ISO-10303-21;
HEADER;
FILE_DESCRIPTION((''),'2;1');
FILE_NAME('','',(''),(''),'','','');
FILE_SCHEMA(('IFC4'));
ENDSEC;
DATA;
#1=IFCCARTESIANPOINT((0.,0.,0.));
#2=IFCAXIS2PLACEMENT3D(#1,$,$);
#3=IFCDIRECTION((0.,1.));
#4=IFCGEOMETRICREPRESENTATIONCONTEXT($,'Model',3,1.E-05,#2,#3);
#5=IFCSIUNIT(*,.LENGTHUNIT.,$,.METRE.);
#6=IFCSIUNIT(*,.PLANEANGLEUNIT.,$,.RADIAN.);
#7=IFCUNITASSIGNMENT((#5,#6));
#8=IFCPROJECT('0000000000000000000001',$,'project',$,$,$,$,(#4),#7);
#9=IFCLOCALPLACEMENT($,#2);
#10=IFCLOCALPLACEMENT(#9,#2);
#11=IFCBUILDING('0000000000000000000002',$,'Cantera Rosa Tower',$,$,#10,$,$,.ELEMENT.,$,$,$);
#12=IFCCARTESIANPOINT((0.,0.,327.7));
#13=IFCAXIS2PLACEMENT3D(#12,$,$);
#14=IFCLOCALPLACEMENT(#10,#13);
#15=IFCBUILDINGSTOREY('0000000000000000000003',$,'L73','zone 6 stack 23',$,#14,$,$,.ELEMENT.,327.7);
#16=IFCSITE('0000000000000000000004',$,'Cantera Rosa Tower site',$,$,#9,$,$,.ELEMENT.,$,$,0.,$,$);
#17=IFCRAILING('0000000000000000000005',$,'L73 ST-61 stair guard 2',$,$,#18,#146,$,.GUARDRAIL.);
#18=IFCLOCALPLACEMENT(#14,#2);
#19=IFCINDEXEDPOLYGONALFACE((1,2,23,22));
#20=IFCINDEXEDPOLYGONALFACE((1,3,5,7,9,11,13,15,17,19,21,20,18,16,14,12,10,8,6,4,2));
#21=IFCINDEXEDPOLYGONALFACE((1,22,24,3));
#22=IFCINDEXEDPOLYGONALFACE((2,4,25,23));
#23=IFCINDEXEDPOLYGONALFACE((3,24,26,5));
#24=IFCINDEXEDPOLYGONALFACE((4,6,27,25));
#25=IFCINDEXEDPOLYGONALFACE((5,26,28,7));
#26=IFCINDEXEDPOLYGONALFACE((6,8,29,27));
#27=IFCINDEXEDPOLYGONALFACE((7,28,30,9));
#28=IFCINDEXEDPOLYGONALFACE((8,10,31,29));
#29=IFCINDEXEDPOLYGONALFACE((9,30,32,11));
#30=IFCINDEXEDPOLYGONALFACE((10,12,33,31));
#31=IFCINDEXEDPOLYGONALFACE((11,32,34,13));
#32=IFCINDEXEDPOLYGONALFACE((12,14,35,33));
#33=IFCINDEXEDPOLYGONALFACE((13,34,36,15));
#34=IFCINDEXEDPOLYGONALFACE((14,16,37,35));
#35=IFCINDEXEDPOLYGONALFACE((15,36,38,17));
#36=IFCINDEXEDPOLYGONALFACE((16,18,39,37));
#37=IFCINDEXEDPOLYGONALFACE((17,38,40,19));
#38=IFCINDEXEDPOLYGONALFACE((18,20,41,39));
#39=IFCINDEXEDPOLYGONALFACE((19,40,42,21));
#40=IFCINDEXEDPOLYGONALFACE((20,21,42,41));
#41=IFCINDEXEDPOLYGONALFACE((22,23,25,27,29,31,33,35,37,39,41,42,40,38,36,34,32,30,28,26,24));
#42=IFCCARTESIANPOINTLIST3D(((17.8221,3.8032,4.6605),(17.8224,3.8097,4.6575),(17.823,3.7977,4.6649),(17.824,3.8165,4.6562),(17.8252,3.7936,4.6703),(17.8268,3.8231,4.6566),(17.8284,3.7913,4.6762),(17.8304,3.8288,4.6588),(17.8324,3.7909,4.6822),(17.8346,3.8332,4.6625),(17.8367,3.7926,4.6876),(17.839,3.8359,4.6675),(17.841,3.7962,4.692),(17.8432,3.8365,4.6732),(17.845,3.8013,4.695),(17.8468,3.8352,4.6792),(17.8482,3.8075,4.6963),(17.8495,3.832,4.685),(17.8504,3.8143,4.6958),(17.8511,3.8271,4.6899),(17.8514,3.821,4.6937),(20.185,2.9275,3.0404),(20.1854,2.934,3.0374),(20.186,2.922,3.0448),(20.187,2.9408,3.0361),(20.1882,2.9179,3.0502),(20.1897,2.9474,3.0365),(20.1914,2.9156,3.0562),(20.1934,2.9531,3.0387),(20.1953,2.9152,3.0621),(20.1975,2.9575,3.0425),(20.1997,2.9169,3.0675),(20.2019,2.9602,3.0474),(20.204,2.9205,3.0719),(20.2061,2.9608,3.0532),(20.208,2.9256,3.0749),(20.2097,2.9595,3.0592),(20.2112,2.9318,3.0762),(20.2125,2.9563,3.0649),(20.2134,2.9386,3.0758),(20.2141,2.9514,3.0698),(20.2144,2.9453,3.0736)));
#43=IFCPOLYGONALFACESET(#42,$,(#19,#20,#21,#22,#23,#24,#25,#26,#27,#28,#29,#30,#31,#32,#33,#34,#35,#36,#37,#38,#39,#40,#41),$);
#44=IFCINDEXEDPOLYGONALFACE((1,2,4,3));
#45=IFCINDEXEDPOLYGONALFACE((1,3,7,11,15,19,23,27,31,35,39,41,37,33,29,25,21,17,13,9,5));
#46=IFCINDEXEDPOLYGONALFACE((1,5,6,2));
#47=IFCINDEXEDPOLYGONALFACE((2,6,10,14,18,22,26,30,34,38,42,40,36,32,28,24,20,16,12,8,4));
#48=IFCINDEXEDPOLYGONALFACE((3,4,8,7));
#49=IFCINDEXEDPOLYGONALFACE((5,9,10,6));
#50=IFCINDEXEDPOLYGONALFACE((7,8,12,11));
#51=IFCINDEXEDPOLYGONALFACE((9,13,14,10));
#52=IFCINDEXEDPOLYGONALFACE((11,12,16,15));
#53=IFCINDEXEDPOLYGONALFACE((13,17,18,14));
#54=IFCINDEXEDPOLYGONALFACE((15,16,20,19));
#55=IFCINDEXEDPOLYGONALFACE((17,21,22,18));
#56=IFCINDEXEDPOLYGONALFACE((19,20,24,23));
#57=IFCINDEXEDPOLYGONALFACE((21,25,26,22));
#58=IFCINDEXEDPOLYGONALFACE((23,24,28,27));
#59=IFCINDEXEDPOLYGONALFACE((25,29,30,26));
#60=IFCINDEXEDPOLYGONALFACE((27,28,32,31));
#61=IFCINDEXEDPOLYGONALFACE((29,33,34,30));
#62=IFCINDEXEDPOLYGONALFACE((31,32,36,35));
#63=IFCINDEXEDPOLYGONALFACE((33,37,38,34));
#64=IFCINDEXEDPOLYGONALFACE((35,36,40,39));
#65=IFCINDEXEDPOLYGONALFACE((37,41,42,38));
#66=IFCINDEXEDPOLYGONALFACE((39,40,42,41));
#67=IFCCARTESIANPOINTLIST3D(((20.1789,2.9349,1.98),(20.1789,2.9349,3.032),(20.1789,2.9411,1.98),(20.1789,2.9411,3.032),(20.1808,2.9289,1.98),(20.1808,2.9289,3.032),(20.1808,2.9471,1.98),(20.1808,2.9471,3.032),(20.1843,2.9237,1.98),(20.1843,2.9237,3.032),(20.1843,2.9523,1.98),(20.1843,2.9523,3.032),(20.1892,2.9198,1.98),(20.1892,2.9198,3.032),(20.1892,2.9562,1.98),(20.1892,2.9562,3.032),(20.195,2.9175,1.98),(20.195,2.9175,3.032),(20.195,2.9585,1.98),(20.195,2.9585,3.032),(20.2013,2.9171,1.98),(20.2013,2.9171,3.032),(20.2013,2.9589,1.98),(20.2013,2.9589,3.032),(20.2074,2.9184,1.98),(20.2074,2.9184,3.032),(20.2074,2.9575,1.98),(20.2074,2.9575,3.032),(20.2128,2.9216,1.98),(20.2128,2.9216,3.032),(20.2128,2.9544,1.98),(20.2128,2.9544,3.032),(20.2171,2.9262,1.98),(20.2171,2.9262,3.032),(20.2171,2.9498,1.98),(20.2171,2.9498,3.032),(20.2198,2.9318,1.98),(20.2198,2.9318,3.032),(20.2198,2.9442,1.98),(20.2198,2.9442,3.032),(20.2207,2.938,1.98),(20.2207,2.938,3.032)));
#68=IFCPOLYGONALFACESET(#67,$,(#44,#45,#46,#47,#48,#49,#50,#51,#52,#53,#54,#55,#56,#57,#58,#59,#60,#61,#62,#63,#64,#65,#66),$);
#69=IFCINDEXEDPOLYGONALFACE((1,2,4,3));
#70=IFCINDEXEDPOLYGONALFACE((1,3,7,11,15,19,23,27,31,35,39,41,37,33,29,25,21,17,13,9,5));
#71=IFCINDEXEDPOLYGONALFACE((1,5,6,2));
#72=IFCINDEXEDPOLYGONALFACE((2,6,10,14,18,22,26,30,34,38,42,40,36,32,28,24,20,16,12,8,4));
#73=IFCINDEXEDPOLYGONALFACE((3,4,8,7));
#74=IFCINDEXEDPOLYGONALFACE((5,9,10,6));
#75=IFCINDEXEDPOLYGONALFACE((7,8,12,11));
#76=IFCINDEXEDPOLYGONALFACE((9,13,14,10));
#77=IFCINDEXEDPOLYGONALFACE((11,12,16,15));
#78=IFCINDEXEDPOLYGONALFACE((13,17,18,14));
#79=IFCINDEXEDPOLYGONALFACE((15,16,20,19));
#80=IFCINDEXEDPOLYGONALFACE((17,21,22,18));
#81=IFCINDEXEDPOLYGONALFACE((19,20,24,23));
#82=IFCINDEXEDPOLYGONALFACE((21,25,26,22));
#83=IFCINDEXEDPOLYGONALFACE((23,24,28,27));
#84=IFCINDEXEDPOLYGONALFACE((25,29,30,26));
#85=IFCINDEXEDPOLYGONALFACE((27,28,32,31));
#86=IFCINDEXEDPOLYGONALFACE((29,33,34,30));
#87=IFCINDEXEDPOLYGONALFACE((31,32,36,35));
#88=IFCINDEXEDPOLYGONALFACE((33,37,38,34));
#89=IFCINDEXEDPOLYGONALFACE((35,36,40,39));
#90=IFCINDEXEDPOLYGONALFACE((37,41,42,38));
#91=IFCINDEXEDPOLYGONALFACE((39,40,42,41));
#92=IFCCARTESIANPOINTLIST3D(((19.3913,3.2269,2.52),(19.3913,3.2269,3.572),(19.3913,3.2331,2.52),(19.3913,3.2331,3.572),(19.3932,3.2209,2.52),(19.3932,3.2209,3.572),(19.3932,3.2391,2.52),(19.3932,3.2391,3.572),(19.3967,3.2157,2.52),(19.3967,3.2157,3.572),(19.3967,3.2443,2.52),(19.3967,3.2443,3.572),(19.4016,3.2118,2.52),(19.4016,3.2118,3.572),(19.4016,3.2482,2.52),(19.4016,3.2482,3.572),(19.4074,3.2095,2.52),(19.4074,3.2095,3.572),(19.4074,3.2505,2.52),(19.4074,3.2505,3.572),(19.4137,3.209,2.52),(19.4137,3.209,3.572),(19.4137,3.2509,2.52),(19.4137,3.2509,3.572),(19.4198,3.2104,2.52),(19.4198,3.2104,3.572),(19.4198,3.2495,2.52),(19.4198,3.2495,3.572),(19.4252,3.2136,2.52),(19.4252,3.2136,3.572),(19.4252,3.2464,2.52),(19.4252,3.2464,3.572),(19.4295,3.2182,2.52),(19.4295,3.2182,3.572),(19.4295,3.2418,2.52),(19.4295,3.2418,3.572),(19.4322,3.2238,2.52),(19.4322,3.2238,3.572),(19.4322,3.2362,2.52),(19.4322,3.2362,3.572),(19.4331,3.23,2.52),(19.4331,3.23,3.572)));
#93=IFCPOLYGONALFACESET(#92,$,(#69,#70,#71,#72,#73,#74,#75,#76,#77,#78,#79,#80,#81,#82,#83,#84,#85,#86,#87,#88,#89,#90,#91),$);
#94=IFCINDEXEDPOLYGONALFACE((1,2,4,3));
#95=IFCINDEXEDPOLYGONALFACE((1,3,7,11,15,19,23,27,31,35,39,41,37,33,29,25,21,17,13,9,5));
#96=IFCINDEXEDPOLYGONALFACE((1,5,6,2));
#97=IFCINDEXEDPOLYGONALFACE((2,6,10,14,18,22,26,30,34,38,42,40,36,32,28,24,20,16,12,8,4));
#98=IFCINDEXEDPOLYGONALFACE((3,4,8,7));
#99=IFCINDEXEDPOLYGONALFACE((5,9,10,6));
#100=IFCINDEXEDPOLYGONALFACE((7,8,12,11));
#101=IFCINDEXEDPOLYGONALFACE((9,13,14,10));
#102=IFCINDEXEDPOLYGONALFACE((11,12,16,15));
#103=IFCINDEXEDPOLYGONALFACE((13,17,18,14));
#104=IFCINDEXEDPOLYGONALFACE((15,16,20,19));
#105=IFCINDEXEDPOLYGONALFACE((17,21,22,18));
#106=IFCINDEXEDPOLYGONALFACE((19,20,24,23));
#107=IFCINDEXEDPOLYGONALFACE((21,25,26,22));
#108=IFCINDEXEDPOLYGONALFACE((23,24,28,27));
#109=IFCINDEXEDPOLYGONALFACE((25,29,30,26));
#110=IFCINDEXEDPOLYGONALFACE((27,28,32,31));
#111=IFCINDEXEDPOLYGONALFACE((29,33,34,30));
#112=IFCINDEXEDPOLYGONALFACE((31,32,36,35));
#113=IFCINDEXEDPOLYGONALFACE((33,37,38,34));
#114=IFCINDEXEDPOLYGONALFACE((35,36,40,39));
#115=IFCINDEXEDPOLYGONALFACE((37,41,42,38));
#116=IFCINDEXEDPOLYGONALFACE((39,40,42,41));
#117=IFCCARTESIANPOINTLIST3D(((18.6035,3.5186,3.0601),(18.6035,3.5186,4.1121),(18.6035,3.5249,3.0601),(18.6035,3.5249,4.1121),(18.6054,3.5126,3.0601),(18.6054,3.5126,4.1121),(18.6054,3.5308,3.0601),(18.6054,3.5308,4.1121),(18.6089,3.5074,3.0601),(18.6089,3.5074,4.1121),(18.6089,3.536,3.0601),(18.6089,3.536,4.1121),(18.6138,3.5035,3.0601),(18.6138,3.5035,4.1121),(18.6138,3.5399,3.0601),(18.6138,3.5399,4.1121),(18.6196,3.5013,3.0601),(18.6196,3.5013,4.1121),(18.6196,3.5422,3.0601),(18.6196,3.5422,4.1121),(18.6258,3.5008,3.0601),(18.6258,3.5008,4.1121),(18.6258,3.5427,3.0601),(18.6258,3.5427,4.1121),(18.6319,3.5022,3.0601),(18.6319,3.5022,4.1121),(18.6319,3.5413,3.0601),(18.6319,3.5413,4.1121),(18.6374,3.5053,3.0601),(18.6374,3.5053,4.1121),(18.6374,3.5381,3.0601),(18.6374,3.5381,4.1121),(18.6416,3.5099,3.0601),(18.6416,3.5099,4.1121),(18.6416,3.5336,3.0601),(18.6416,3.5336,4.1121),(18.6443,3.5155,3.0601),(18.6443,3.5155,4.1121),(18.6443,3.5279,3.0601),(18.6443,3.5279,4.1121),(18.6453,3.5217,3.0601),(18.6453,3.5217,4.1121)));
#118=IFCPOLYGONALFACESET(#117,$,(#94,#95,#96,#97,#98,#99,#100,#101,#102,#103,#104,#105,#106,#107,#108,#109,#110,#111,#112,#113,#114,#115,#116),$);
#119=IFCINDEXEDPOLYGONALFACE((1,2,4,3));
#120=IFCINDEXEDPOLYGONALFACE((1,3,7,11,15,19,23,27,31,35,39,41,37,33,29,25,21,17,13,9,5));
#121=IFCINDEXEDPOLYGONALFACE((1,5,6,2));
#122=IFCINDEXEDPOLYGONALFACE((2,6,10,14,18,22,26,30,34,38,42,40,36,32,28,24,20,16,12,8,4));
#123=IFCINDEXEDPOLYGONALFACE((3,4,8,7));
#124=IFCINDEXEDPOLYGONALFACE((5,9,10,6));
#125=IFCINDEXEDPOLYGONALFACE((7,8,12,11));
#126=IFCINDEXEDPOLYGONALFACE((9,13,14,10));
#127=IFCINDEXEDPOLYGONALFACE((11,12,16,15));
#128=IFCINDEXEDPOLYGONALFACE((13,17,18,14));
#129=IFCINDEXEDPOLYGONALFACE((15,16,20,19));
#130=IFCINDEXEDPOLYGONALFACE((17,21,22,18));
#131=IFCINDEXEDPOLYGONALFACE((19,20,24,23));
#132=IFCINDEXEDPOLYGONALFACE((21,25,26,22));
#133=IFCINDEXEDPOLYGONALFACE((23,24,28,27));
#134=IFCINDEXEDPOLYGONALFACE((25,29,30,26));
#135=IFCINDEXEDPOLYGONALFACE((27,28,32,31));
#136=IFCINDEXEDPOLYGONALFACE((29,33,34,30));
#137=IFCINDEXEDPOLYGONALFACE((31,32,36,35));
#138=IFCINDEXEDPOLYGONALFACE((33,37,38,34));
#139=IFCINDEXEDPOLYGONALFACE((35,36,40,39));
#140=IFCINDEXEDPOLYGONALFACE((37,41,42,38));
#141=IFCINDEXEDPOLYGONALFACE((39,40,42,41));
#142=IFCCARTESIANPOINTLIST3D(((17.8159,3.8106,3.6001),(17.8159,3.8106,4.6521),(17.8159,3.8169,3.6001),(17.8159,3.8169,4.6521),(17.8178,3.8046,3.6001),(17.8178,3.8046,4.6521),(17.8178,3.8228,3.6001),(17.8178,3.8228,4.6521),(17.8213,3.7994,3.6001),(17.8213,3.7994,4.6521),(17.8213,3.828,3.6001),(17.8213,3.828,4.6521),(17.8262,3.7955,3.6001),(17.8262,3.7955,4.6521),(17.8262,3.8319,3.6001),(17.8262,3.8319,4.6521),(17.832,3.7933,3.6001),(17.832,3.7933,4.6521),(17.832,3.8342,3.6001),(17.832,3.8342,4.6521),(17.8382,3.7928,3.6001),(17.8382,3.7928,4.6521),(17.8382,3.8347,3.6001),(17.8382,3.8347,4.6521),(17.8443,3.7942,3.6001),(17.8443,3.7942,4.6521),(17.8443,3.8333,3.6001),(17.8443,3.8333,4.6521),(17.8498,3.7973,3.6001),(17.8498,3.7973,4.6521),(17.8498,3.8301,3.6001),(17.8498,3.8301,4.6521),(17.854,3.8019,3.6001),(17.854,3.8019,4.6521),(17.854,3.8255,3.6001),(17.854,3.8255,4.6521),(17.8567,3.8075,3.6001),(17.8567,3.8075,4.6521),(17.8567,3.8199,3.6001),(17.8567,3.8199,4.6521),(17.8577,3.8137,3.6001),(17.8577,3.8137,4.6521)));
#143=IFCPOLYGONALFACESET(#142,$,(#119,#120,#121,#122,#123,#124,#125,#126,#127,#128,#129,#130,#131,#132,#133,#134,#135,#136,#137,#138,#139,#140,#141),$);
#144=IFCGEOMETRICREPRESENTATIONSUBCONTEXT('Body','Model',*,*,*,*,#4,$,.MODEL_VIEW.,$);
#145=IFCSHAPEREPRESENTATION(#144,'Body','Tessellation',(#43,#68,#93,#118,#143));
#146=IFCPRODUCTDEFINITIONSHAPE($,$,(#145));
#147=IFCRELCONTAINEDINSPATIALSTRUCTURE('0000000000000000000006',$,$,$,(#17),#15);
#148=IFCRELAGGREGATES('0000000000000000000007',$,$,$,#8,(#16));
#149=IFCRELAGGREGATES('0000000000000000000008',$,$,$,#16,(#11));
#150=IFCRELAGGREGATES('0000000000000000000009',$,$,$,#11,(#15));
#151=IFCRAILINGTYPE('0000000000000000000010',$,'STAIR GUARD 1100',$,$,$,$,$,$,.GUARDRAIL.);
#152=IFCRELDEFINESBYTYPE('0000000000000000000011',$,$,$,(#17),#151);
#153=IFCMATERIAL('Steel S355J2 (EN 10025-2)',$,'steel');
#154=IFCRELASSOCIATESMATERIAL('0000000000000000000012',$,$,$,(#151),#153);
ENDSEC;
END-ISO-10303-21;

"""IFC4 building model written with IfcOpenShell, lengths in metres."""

from ifc_helpers import new_model, si_unit, direction, frame, origin, origin_2d, place, context, subcontext, project, spatial, circle, extrude, material, type_object, element, save


model = new_model("IFC4")

# Units and contexts
model_context = context("Model", 3, precision=1e-05, world=origin(), true_north=direction((0.0, 1.0)))
body_context = subcontext(model_context, "Body", "Model", "MODEL_VIEW")
ifc_project = project(units=[si_unit("LENGTHUNIT", "METRE"), si_unit("PLANEANGLEUNIT", "RADIAN")], contexts=[model_context])

# Site, building, storey
site_placement = place(None, origin())
site = spatial("IfcSite", under=ifc_project, at=site_placement, Name="Cantera Rosa Tower site", CompositionType="ELEMENT", RefElevation=0.0)
building_placement = place(site_placement, origin())
building = spatial("IfcBuilding", under=site, at=building_placement, Name="Cantera Rosa Tower", CompositionType="ELEMENT")
storey_placement = place(building_placement, frame((0.0, 0.0, 327.7)))
storey = spatial("IfcBuildingStorey", under=building, at=storey_placement, Name="L73", Description="zone 6 stack 23", CompositionType="ELEMENT", Elevation=327.7)

# Railing
ifc_material_1 = material(Name="Steel S355J2 (EN 10025-2)", Category="steel")
railing_type_1 = type_object("IfcRailingType", Name="STAIR GUARD 1100", PredefinedType="GUARDRAIL", material=ifc_material_1)
railing_1_placement = place(storey_placement, frame((20.1997, 2.938, 1.98)))
element("IfcRailing", 1, at=railing_1_placement, inside=storey, type_object=railing_type_1, Name="L73 ST-61 stair guard 2", PredefinedType="GUARDRAIL", context=body_context, shape_type="SweptSolid", body=[
    extrude(circle(Radius=0.0239, at=origin_2d()), frame((0.0, 0.0, 1.0762), z_axis=(-0.788748, 0.292307, 0.540772), x_axis=(-0.347501, -0.93768, 0.0)), (0.0, 0.0, 1.0), 2.9958),
    extrude(circle(Radius=0.021, at=origin_2d()), origin(), (0.0, 0.0, 1.0), 1.052),
    extrude(circle(Radius=0.021, at=origin_2d()), frame((-0.7876, 0.292, 0.54)), (0.0, 0.0, 1.0), 1.052),
    extrude(circle(Radius=0.021, at=origin_2d()), frame((-1.5754, 0.5837, 1.0801)), (0.0, 0.0, 1.0), 1.052),
    extrude(circle(Radius=0.021, at=origin_2d()), frame((-2.363, 0.8757, 1.6201)), (0.0, 0.0, 1.0), 1.052),
])

save(model, "model.ifc")
